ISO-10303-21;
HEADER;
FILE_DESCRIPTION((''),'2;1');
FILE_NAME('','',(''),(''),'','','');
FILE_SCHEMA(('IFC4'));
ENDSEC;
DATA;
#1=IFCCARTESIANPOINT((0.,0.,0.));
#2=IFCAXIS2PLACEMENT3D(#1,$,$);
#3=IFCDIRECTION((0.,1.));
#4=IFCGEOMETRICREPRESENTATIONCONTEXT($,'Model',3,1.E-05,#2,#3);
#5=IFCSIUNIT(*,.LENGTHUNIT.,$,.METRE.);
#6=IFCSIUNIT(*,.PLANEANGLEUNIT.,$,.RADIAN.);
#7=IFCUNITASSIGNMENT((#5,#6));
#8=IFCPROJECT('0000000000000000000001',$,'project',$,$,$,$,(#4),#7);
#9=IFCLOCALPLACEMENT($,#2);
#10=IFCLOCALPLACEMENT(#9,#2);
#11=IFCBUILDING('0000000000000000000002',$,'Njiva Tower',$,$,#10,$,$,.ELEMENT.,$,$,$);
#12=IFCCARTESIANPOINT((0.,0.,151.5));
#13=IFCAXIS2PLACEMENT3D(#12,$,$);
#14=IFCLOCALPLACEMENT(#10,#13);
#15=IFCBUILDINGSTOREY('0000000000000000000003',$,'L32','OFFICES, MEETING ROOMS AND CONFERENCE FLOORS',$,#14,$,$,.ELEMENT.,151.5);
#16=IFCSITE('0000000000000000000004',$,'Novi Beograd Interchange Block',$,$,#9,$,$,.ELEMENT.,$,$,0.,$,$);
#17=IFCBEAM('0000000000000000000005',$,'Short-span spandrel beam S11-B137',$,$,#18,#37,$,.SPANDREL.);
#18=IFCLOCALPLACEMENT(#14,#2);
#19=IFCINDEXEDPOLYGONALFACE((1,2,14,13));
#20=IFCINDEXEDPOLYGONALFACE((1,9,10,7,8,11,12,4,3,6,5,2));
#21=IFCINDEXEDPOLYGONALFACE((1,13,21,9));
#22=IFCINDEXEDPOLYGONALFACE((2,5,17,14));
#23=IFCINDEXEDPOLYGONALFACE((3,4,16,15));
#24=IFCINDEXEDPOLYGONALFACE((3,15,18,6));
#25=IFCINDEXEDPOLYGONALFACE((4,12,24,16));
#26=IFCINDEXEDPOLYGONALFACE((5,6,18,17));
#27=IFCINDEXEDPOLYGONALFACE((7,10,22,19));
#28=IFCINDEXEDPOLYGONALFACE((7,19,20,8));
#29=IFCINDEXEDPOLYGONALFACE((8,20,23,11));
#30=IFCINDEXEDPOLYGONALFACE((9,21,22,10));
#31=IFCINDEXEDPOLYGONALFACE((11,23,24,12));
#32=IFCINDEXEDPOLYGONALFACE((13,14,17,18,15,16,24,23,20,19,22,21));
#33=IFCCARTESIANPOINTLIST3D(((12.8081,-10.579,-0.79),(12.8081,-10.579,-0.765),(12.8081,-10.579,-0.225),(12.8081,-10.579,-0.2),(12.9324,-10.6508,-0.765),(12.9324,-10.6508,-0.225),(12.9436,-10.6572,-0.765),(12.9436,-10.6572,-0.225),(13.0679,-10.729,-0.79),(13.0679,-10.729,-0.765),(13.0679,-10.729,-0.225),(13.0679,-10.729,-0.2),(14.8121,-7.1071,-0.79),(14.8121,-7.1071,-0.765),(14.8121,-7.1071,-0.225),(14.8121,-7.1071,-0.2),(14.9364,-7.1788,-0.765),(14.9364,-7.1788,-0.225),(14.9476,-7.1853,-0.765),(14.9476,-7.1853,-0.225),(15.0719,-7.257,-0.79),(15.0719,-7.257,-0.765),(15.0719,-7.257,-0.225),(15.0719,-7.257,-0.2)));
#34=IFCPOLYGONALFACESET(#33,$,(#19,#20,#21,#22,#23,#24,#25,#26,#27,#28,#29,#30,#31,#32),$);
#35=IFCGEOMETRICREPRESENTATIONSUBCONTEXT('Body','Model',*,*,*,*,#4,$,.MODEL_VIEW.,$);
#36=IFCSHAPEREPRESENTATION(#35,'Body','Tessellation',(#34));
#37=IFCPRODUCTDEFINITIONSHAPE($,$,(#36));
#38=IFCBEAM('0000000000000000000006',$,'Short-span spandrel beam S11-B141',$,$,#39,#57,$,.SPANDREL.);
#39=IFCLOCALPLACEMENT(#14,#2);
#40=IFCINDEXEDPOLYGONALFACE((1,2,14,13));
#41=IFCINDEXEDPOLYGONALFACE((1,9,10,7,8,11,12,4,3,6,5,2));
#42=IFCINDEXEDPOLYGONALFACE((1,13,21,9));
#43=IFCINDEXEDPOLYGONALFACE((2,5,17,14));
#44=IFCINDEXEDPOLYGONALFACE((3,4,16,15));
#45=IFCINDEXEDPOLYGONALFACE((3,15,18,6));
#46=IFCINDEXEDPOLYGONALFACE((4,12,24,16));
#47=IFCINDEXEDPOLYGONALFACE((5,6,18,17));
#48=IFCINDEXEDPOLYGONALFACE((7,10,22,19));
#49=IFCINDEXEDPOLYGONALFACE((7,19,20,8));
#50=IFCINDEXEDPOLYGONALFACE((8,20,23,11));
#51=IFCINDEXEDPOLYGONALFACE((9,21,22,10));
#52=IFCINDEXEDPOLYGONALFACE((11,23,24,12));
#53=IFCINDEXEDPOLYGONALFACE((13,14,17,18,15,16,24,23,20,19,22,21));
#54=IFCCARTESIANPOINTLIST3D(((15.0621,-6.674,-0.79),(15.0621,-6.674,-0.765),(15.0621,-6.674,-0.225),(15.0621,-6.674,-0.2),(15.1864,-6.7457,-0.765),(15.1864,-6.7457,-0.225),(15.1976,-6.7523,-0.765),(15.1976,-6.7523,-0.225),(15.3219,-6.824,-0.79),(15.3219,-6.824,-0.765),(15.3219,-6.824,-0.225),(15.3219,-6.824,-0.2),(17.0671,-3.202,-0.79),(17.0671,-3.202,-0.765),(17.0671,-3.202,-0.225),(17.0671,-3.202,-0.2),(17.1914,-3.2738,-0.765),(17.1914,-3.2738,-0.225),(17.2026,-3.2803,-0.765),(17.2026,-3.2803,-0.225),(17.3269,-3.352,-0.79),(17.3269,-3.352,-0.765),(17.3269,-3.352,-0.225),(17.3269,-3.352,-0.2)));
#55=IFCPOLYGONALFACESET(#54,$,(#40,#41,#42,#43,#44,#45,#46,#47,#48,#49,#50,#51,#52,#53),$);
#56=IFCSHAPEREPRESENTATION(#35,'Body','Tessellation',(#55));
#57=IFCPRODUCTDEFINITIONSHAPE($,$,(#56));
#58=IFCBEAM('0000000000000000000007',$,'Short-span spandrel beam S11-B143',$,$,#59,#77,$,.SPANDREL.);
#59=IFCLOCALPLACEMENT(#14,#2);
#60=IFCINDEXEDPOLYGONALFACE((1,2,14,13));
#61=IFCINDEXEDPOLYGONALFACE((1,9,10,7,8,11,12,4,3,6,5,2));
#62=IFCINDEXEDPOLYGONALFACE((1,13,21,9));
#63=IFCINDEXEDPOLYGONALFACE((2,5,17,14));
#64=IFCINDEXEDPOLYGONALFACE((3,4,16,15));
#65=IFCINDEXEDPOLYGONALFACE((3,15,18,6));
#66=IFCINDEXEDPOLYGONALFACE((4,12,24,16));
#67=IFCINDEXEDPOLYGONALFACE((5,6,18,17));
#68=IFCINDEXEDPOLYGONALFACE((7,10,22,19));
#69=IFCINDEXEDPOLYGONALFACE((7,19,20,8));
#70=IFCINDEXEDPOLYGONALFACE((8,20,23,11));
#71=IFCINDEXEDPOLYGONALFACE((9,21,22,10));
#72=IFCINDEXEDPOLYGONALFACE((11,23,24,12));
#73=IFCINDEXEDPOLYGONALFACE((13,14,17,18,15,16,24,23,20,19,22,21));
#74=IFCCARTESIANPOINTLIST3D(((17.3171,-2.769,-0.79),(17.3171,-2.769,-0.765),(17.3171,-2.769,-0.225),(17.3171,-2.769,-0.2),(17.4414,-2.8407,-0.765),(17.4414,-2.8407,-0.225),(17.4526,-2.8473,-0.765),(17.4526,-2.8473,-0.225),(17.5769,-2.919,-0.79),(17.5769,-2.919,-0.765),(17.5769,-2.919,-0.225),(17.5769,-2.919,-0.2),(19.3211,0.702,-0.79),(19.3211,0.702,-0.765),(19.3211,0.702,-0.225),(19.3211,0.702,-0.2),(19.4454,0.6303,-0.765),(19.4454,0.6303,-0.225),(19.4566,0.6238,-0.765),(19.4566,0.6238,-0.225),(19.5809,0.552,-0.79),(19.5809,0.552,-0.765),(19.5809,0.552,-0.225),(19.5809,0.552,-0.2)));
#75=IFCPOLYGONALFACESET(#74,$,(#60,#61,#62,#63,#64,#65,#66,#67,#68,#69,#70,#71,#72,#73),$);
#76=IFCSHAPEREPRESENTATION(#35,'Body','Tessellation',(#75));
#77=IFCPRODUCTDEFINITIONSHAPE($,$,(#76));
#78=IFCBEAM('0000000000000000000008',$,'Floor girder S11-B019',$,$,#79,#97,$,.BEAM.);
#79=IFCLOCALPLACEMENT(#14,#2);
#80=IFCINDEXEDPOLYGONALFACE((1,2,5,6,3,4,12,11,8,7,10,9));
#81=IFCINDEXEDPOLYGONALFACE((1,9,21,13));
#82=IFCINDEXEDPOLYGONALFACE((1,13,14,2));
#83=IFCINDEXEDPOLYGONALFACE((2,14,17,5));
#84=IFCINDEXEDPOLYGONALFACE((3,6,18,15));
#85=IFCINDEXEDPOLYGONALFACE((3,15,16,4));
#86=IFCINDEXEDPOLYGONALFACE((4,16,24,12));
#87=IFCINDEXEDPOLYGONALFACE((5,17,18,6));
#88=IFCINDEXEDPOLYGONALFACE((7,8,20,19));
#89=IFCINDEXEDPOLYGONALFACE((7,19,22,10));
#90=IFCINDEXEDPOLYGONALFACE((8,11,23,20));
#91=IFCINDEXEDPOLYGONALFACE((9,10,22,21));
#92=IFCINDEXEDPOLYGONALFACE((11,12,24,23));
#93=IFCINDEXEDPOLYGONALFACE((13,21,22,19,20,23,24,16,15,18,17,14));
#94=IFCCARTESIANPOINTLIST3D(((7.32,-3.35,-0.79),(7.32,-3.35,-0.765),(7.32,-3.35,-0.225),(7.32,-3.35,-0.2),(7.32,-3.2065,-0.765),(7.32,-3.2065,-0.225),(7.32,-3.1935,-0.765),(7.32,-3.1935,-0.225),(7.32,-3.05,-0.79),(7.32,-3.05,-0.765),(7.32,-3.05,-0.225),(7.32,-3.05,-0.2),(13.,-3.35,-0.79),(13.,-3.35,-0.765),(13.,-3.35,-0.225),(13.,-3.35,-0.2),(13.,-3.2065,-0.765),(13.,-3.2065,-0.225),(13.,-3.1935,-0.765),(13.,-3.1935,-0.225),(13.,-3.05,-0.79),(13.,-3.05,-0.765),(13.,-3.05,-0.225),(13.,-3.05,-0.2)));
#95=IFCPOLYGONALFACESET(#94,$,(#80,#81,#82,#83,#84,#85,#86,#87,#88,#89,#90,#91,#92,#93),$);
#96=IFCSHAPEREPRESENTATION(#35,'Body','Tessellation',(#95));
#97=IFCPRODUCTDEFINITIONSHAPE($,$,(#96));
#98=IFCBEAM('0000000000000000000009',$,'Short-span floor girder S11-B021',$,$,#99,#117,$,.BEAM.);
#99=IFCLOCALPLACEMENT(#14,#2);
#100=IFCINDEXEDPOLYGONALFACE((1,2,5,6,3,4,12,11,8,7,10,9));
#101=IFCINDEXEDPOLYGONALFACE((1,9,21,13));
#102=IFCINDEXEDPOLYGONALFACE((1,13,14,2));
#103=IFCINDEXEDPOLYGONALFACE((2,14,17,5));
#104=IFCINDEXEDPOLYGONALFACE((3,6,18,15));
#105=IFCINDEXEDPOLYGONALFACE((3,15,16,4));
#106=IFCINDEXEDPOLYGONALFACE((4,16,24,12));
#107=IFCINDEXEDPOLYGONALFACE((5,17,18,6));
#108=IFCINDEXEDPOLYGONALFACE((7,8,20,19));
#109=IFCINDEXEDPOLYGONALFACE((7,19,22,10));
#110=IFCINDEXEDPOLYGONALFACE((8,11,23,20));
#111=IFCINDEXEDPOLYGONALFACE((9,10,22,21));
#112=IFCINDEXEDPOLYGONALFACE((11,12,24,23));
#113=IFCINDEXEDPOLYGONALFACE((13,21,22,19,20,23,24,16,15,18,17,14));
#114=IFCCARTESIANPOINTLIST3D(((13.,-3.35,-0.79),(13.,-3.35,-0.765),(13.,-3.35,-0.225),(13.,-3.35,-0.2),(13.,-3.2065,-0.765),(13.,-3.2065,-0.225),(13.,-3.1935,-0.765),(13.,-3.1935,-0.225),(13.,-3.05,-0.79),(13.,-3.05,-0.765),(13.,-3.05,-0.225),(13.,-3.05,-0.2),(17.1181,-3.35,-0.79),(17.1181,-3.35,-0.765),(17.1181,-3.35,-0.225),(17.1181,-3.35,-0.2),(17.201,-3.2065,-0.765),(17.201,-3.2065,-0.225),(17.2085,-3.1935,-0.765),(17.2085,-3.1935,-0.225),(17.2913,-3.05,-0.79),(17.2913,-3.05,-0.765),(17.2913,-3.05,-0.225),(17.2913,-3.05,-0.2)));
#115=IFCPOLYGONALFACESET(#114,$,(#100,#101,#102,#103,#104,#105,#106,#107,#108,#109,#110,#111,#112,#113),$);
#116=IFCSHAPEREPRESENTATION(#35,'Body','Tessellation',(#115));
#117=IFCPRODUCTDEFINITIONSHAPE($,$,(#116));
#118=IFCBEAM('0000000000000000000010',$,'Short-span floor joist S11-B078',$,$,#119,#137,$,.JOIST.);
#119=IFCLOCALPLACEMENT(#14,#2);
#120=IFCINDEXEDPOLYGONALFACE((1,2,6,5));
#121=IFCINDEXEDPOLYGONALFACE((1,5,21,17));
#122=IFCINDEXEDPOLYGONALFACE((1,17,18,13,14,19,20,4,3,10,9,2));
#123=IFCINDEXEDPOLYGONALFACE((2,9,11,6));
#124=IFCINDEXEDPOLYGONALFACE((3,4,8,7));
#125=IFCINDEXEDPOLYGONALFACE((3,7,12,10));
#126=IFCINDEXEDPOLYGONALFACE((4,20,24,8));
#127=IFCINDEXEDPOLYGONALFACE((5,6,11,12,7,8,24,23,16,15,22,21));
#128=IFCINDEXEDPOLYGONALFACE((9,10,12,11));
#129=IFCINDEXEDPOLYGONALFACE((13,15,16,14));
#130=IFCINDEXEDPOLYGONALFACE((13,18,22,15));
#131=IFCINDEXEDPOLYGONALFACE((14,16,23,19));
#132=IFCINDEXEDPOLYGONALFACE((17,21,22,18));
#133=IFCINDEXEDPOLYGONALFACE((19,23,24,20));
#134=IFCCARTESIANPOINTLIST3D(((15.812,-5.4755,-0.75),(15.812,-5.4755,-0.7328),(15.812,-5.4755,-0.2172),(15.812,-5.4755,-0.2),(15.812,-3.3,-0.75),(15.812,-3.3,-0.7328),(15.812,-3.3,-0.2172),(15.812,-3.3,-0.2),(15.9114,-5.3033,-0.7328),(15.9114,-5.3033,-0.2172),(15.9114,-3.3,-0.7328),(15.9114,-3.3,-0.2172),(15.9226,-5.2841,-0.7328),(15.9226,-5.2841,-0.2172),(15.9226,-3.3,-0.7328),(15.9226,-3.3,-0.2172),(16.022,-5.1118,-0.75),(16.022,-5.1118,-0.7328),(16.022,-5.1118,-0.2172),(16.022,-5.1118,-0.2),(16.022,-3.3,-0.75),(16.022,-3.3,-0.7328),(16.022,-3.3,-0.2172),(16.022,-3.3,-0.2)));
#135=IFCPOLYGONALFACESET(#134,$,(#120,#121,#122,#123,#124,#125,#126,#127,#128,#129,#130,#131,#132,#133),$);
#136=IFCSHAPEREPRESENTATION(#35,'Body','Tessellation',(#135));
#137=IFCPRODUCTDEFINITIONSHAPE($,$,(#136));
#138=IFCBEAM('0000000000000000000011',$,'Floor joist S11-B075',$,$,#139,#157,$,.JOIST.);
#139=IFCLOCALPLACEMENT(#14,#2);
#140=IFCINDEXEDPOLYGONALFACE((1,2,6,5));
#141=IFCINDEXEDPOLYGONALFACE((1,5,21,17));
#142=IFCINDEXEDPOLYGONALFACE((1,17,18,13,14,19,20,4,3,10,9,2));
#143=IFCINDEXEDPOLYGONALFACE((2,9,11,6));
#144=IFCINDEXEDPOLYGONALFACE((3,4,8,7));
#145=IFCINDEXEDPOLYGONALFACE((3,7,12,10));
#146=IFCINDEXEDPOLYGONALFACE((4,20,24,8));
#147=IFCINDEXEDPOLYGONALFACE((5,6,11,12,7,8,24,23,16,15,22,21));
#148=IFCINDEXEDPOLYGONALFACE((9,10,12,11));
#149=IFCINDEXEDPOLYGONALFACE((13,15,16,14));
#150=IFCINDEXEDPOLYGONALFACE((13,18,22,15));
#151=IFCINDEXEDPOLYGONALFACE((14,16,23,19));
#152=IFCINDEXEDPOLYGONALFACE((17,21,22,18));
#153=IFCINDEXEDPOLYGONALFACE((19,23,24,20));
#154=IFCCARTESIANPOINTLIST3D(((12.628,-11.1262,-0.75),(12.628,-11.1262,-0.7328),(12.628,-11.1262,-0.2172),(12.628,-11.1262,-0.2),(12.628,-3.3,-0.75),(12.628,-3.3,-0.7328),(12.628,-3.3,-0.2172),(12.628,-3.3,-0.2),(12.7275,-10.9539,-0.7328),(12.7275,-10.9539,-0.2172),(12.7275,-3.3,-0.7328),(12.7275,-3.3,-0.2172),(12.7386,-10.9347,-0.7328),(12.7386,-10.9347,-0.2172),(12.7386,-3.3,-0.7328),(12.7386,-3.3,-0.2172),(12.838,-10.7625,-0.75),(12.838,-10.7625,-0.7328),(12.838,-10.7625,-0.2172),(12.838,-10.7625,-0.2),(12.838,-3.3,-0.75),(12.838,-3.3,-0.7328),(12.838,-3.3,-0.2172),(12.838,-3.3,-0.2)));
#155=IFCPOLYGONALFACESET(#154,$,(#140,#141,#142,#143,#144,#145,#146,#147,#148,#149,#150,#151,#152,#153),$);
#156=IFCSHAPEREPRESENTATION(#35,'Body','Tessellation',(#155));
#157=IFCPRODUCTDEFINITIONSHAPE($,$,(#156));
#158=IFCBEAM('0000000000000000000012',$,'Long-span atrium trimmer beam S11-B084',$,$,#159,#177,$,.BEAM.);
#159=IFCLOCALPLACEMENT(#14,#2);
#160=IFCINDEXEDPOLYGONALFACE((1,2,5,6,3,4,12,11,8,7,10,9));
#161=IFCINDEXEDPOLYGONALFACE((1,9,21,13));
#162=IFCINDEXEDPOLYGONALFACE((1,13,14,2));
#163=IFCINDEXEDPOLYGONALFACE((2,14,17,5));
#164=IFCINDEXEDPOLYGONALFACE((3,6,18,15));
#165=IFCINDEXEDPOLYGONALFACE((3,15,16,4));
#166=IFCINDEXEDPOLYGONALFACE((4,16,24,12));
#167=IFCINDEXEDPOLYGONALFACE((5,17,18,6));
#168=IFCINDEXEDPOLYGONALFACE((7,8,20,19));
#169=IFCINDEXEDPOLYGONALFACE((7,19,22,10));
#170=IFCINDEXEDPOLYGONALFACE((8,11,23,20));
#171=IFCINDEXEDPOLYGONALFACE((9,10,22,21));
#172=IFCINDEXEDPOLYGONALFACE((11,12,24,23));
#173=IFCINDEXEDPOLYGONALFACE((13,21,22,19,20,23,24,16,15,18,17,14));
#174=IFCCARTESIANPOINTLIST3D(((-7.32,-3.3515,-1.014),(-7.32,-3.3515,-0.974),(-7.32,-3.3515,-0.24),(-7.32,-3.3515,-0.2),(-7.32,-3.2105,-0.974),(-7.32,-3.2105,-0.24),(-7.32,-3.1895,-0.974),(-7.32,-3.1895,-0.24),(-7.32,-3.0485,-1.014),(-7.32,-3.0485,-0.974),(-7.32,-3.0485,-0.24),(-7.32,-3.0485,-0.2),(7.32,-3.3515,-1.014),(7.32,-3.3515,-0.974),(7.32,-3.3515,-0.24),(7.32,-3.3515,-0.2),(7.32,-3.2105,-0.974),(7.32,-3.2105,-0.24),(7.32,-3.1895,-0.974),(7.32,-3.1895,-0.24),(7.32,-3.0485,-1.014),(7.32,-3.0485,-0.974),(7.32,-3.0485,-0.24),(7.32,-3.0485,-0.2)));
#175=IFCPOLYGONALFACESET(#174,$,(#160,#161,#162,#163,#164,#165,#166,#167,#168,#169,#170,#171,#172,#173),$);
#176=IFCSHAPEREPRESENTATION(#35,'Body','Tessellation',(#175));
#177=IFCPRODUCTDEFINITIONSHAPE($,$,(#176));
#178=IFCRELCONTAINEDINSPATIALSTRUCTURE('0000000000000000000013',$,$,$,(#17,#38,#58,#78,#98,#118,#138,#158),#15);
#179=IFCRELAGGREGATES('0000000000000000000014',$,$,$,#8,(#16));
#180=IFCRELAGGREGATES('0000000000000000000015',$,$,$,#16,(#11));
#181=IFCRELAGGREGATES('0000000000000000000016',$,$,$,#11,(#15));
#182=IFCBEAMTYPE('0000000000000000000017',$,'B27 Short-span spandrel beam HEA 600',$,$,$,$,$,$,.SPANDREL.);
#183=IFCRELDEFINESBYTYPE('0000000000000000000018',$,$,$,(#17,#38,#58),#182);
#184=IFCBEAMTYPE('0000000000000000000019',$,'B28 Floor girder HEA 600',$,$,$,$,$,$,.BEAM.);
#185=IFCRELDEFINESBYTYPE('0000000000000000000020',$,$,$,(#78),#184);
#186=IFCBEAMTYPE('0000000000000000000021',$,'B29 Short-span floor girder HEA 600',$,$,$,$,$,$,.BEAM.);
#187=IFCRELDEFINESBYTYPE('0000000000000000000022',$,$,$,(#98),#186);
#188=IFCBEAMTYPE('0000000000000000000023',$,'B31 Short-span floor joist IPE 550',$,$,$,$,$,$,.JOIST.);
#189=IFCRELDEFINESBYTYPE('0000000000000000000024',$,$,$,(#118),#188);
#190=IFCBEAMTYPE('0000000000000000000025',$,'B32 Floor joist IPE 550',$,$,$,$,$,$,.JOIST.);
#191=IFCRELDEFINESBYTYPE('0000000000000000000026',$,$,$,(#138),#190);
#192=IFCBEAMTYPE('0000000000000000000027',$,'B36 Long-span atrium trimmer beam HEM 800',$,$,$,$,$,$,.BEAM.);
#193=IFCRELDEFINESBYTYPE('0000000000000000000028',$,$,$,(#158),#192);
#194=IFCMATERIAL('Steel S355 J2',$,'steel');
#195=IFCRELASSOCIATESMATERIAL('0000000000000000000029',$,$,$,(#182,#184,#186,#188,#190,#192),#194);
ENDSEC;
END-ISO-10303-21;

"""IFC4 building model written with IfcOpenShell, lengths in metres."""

from ifc_helpers import new_model, si_unit, direction, frame, origin, origin_2d, place, context, subcontext, project, spatial, i_section, extrude, clip, halfspace, material, material_profile, profile_set, type_object, element, save


model = new_model("IFC4")

# Units and contexts
model_context = context("Model", 3, precision=1e-05, world=origin(), true_north=direction((0.0, 1.0)))
body_context = subcontext(model_context, "Body", "Model", "MODEL_VIEW")
ifc_project = project(units=[si_unit("LENGTHUNIT", "METRE"), si_unit("PLANEANGLEUNIT", "RADIAN")], contexts=[model_context])

# Site, building, storey
site_placement = place(None, origin())
site = spatial("IfcSite", under=ifc_project, at=site_placement, Name="Novi Beograd Interchange Block", CompositionType="ELEMENT", RefElevation=0.0)
building_placement = place(site_placement, origin())
building = spatial("IfcBuilding", under=site, at=building_placement, Name="Njiva Tower", CompositionType="ELEMENT")
storey_placement = place(building_placement, frame((0.0, 0.0, 151.5)))
storey = spatial("IfcBuildingStorey", under=building, at=storey_placement, Name="L32", Description="OFFICES, MEETING ROOMS AND CONFERENCE FLOORS", CompositionType="ELEMENT", Elevation=151.5)

# Shared definitions
ifc_material_1 = material(Name="Steel S355 J2", Category="steel")

# Beams
ifc_material_profile_1 = material_profile(ifc_material_1, i_section(OverallWidth=0.3, OverallDepth=0.59, WebThickness=0.013, FlangeThickness=0.025, at=origin_2d()), Name="HEA 600")
ifc_profile_set_1 = profile_set([ifc_material_profile_1], Name="Steel S355 J2")
beam_type_1 = type_object("IfcBeamType", Name="B27 Short-span spandrel beam HEA 600", PredefinedType="SPANDREL", material=ifc_profile_set_1)
beam_1_placement = place(storey_placement, frame((12.938, -10.654, -0.495), z_axis=(0.499895, 0.866086, 0.0), x_axis=(-0.866086, 0.499895, 0.0)))
element("IfcBeam", 1, at=beam_1_placement, inside=storey, type_object=beam_type_1, Name="Short-span spandrel beam S11-B137", PredefinedType="SPANDREL", context=body_context, shape_type="SweptSolid", body=[
    extrude(i_section(OverallWidth=0.3, OverallDepth=0.59, WebThickness=0.013, FlangeThickness=0.025, at=origin_2d()), origin(), (0.0, 0.0, 1.0), 4.0088),
])
beam_2_placement = place(storey_placement, frame((15.192, -6.749, -0.495), z_axis=(0.500082, 0.865978, 0.0), x_axis=(-0.865978, 0.500082, 0.0)))
element("IfcBeam", 2, at=beam_2_placement, inside=storey, type_object=beam_type_1, Name="Short-span spandrel beam S11-B141", PredefinedType="SPANDREL", context=body_context, shape_type="SweptSolid", body=[
    extrude(i_section(OverallWidth=0.3, OverallDepth=0.59, WebThickness=0.013, FlangeThickness=0.025, at=origin_2d()), origin(), (0.0, 0.0, 1.0), 4.0093),
])
beam_3_placement = place(storey_placement, frame((17.447, -2.844, -0.495), z_axis=(0.500003, 0.866024, 0.0), x_axis=(-0.866024, 0.500003, 0.0)))
element("IfcBeam", 3, at=beam_3_placement, inside=storey, type_object=beam_type_1, Name="Short-span spandrel beam S11-B143", PredefinedType="SPANDREL", context=body_context, shape_type="SweptSolid", body=[
    extrude(i_section(OverallWidth=0.3, OverallDepth=0.59, WebThickness=0.013, FlangeThickness=0.025, at=origin_2d()), origin(), (0.0, 0.0, 1.0), 4.008),
])
ifc_material_profile_2 = material_profile(ifc_material_1, i_section(OverallWidth=0.3, OverallDepth=0.59, WebThickness=0.013, FlangeThickness=0.025, at=origin_2d()), Name="HEA 600")
ifc_profile_set_2 = profile_set([ifc_material_profile_2], Name="Steel S355 J2")
beam_type_2 = type_object("IfcBeamType", Name="B28 Floor girder HEA 600", PredefinedType="BEAM", material=ifc_profile_set_2)
beam_4_placement = place(storey_placement, frame((7.32, -3.2, -0.495), z_axis=(1.0, 0.0, 0.0), x_axis=(0.0, 1.0, 0.0)))
element("IfcBeam", 4, at=beam_4_placement, inside=storey, type_object=beam_type_2, Name="Floor girder S11-B019", PredefinedType="BEAM", context=body_context, shape_type="SweptSolid", body=[
    extrude(i_section(OverallWidth=0.3, OverallDepth=0.59, WebThickness=0.013, FlangeThickness=0.025, at=origin_2d()), origin(), (0.0, 0.0, 1.0), 5.68),
])
ifc_material_profile_3 = material_profile(ifc_material_1, i_section(OverallWidth=0.3, OverallDepth=0.59, WebThickness=0.013, FlangeThickness=0.025, at=origin_2d()), Name="HEA 600")
ifc_profile_set_3 = profile_set([ifc_material_profile_3], Name="Steel S355 J2")
beam_type_3 = type_object("IfcBeamType", Name="B29 Short-span floor girder HEA 600", PredefinedType="BEAM", material=ifc_profile_set_3)
beam_5_placement = place(storey_placement, frame((13.0, -3.2, -0.495), z_axis=(1.0, 0.0, 0.0), x_axis=(0.0, 1.0, 0.0)))
element("IfcBeam", 5, at=beam_5_placement, inside=storey, type_object=beam_type_3, Name="Short-span floor girder S11-B021", PredefinedType="BEAM", context=body_context, shape_type="Clipping", body=[
    clip(extrude(i_section(OverallWidth=0.3, OverallDepth=0.59, WebThickness=0.013, FlangeThickness=0.025, at=origin_2d()), origin(), (0.0, 0.0, 1.0), 4.312), halfspace(frame((-0.025, 0.0, 4.1903), z_axis=(-0.499998, 0.0, 0.866027), x_axis=(0.0, 1.0, 0.0)), False)),
])
ifc_material_profile_4 = material_profile(ifc_material_1, i_section(OverallWidth=0.21, OverallDepth=0.55, WebThickness=0.0111, FlangeThickness=0.0172, at=origin_2d()), Name="IPE 550")
ifc_profile_set_4 = profile_set([ifc_material_profile_4], Name="Steel S355 J2")
beam_type_4 = type_object("IfcBeamType", Name="B31 Short-span floor joist IPE 550", PredefinedType="JOIST", material=ifc_profile_set_4)
beam_6_placement = place(storey_placement, frame((15.917, -3.3, -0.475), z_axis=(0.0, -1.0, 0.0), x_axis=(1.0, 0.0, 0.0)))
element("IfcBeam", 6, at=beam_6_placement, inside=storey, type_object=beam_type_4, Name="Short-span floor joist S11-B078", PredefinedType="JOIST", context=body_context, shape_type="Clipping", body=[
    clip(extrude(i_section(OverallWidth=0.21, OverallDepth=0.55, WebThickness=0.0111, FlangeThickness=0.0172, at=origin_2d()), origin(), (0.0, 0.0, 1.0), 2.196), halfspace(frame((0.043, 0.0, 1.9192), z_axis=(0.866027, 0.0, 0.499998), x_axis=(0.0, 1.0, 0.0)), False)),
])
ifc_material_profile_5 = material_profile(ifc_material_1, i_section(OverallWidth=0.21, OverallDepth=0.55, WebThickness=0.0111, FlangeThickness=0.0172, at=origin_2d()), Name="IPE 550")
ifc_profile_set_5 = profile_set([ifc_material_profile_5], Name="Steel S355 J2")
beam_type_5 = type_object("IfcBeamType", Name="B32 Floor joist IPE 550", PredefinedType="JOIST", material=ifc_profile_set_5)
beam_7_placement = place(storey_placement, frame((12.733, -3.3, -0.475), z_axis=(0.0, -1.0, 0.0), x_axis=(1.0, 0.0, 0.0)))
element("IfcBeam", 7, at=beam_7_placement, inside=storey, type_object=beam_type_5, Name="Floor joist S11-B075", PredefinedType="JOIST", context=body_context, shape_type="Clipping", body=[
    clip(extrude(i_section(OverallWidth=0.21, OverallDepth=0.55, WebThickness=0.0111, FlangeThickness=0.0172, at=origin_2d()), origin(), (0.0, 0.0, 1.0), 7.846), halfspace(frame((0.0436, 0.0, 7.5688), z_axis=(0.866027, 0.0, 0.499998), x_axis=(0.0, 1.0, 0.0)), False)),
])
ifc_material_profile_6 = material_profile(ifc_material_1, i_section(OverallWidth=0.303, OverallDepth=0.814, WebThickness=0.021, FlangeThickness=0.04, at=origin_2d()), Name="HEM 800")
ifc_profile_set_6 = profile_set([ifc_material_profile_6], Name="Steel S355 J2")
beam_type_6 = type_object("IfcBeamType", Name="B36 Long-span atrium trimmer beam HEM 800", PredefinedType="BEAM", material=ifc_profile_set_6)
beam_8_placement = place(storey_placement, frame((7.32, -3.2, -0.607), z_axis=(-1.0, 0.0, 0.0), x_axis=(0.0, -1.0, 0.0)))
element("IfcBeam", 8, at=beam_8_placement, inside=storey, type_object=beam_type_6, Name="Long-span atrium trimmer beam S11-B084", PredefinedType="BEAM", context=body_context, shape_type="SweptSolid", body=[
    extrude(i_section(OverallWidth=0.303, OverallDepth=0.814, WebThickness=0.021, FlangeThickness=0.04, at=origin_2d()), origin(), (0.0, 0.0, 1.0), 14.64),
])

save(model, "model.ifc")
